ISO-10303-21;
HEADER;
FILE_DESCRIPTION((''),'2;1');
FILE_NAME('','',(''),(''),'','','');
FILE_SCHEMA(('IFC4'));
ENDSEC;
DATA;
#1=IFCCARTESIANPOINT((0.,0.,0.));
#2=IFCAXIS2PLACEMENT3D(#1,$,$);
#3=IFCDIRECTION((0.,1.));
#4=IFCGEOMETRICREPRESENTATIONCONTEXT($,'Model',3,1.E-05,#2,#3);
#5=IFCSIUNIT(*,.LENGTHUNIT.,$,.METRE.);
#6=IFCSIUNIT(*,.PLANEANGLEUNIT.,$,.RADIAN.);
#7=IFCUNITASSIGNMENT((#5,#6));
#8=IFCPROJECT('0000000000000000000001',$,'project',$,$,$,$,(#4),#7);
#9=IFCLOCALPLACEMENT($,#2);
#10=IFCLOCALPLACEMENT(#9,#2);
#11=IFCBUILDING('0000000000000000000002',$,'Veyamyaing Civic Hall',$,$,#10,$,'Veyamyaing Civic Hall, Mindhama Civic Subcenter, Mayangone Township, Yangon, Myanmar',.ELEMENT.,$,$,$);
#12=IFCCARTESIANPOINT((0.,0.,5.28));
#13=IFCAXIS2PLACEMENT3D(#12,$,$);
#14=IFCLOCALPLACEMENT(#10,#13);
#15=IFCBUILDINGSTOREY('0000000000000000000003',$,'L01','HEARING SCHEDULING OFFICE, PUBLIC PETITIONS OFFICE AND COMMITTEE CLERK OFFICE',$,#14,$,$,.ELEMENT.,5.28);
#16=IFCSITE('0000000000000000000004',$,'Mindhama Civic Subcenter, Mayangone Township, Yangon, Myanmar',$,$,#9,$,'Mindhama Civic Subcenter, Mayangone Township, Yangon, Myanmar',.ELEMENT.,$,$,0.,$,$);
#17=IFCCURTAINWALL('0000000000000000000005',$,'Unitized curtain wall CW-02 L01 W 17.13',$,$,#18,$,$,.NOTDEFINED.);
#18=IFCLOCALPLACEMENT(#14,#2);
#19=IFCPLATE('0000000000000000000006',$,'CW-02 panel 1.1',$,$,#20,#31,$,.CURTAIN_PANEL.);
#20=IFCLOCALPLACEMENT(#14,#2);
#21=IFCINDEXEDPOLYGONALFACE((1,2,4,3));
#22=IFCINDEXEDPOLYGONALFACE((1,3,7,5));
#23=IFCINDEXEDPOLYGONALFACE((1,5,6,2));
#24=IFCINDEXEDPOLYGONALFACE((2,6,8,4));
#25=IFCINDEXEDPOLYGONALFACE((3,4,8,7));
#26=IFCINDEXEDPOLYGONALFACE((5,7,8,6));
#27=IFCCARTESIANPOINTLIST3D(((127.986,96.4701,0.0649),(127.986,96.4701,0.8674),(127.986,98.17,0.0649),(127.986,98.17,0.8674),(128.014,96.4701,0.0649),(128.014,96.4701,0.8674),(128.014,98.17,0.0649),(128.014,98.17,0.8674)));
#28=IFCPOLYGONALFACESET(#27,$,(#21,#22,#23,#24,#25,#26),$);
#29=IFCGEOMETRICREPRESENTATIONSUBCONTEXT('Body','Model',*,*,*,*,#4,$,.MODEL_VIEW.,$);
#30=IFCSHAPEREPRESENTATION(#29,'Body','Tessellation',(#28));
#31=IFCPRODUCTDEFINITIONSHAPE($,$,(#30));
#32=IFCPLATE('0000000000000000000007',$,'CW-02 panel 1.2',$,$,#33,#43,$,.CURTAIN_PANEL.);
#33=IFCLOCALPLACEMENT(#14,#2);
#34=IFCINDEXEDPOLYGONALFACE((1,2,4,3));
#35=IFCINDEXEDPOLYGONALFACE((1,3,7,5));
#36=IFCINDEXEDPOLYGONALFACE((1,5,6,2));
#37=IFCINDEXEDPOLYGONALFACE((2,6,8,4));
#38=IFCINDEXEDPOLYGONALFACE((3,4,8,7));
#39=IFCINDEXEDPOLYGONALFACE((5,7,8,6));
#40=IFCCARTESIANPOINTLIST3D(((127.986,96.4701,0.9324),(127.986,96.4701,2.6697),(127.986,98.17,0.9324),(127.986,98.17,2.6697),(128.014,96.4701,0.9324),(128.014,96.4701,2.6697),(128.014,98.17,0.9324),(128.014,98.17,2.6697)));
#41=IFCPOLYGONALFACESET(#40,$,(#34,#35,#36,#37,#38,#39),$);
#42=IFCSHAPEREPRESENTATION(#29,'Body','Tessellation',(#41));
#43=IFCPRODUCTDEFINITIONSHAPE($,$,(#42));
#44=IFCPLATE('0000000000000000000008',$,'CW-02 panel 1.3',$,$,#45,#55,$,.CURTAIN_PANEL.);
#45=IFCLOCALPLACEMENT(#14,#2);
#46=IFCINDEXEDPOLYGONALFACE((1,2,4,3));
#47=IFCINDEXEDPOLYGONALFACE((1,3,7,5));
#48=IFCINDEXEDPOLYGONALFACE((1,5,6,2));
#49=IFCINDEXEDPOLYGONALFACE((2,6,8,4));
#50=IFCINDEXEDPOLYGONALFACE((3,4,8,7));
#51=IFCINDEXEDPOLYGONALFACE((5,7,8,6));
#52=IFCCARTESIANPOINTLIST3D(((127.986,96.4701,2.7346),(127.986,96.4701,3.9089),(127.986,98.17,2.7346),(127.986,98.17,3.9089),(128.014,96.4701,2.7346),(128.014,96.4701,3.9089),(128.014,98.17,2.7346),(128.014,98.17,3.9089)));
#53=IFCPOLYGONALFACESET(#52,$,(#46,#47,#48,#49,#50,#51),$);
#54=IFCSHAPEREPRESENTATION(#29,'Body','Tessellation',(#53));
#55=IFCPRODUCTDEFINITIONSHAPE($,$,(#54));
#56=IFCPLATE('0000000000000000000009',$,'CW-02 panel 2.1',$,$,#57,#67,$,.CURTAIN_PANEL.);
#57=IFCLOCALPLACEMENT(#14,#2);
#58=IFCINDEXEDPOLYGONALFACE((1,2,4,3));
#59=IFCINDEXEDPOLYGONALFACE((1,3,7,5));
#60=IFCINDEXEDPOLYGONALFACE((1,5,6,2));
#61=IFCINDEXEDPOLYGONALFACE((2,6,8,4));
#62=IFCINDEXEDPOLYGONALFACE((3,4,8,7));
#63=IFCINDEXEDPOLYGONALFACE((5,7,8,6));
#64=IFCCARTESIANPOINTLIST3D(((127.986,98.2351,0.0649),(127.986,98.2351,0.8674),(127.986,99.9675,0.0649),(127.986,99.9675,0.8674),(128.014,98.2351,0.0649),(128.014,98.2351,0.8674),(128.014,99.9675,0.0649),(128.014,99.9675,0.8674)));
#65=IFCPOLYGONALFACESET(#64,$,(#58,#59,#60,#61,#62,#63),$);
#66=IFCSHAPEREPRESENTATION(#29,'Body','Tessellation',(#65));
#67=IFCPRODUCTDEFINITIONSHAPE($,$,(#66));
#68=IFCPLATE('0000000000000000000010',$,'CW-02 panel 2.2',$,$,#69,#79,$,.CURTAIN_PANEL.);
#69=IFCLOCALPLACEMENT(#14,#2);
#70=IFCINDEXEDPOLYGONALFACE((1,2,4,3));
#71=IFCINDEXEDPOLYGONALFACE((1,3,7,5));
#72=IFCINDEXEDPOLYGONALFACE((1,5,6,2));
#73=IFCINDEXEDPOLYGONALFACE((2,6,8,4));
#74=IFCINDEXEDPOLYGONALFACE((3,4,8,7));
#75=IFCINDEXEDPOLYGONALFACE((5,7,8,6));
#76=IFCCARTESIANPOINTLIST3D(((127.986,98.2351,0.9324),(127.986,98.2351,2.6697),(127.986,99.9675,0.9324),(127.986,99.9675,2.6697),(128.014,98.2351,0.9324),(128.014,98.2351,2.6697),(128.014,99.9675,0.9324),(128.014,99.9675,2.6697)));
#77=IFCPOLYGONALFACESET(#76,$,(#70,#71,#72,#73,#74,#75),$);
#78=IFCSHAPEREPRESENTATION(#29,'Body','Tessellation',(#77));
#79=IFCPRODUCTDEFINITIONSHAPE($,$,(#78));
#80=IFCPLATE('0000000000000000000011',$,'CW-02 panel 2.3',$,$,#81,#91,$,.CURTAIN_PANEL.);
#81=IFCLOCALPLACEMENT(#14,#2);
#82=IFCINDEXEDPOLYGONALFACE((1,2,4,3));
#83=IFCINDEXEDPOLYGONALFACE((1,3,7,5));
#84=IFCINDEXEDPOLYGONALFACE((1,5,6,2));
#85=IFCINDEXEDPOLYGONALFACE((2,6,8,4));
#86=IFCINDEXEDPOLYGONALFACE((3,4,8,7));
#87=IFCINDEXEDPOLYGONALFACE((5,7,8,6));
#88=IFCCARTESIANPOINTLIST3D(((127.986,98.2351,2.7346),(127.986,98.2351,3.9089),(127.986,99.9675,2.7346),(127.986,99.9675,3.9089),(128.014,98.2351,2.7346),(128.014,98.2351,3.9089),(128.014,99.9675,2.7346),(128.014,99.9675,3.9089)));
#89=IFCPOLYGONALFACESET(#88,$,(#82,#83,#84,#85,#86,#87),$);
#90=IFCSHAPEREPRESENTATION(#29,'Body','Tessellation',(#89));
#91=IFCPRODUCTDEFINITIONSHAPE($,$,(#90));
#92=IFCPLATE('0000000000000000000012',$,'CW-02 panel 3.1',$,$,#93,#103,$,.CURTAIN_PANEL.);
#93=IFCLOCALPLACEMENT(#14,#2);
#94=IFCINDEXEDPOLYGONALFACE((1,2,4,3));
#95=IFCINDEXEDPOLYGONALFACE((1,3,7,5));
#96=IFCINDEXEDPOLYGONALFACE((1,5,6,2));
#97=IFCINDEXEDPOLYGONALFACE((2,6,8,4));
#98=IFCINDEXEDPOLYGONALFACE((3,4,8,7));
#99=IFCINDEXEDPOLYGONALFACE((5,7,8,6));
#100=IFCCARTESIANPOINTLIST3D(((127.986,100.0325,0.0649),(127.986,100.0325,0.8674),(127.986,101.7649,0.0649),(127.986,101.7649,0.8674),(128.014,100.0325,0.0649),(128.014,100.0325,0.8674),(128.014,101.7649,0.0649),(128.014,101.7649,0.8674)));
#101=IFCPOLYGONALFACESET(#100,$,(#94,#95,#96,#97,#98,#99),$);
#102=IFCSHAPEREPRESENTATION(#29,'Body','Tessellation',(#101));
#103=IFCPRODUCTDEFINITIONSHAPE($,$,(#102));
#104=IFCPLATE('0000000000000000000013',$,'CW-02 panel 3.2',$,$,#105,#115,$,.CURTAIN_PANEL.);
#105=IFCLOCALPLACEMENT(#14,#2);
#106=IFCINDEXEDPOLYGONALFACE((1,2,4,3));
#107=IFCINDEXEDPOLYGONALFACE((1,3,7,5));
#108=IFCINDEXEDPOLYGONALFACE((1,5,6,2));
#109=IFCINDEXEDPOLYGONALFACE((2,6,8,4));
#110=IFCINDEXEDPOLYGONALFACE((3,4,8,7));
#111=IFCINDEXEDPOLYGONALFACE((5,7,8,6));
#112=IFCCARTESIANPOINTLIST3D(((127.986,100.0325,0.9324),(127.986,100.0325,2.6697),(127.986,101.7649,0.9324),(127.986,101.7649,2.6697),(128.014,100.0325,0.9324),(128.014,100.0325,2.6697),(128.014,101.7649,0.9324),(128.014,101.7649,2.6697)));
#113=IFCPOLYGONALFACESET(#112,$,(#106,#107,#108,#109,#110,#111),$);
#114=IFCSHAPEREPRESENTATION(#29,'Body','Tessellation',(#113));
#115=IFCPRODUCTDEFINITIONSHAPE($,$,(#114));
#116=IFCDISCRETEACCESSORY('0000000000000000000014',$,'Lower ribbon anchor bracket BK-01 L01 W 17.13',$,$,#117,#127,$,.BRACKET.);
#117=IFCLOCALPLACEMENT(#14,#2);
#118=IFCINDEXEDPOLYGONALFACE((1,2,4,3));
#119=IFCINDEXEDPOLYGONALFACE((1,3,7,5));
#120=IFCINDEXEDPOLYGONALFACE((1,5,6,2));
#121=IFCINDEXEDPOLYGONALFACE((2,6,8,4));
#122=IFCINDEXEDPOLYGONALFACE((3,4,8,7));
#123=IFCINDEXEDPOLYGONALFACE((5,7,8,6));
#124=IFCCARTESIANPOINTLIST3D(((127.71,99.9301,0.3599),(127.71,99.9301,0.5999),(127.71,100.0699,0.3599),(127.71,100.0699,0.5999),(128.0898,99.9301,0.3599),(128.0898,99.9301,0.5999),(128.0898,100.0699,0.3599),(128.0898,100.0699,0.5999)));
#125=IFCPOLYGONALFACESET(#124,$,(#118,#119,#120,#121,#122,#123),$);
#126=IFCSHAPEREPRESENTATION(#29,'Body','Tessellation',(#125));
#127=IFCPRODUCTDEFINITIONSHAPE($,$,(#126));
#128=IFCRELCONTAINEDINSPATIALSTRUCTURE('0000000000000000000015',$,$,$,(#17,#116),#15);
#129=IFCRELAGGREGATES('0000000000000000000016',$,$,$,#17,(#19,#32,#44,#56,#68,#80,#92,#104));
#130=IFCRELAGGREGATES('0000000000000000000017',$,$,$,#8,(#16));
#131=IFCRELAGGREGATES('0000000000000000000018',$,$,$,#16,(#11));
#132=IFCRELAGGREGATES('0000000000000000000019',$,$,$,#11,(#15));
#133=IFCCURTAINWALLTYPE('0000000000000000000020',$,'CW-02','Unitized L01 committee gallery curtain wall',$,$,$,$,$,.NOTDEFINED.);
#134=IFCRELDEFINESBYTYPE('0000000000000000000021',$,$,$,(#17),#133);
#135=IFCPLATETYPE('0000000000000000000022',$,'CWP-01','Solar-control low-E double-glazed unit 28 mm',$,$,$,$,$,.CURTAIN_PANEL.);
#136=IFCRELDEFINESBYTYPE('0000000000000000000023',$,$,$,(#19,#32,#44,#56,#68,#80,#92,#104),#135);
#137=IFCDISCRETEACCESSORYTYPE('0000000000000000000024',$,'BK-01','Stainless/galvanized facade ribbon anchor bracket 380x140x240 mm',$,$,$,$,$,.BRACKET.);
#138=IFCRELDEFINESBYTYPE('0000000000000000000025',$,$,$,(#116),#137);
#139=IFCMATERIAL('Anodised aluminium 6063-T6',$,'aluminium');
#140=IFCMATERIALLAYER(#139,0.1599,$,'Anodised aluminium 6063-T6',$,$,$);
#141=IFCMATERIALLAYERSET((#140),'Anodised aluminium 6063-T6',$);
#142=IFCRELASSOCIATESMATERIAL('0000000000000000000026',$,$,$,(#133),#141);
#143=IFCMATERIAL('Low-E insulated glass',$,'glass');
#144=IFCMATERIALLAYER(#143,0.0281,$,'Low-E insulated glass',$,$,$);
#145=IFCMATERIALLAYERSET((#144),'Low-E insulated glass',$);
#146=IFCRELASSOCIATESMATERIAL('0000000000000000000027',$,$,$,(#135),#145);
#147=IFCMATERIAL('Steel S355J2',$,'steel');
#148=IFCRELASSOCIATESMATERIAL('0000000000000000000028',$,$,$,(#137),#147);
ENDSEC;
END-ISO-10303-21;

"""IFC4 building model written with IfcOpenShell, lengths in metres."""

from ifc_helpers import new_model, si_unit, direction, frame, origin, origin_2d, place, context, subcontext, project, spatial, rectangle, extrude, material, layer, layer_set, type_object, element, aggregate, save


model = new_model("IFC4")

# Units and contexts
model_context = context("Model", 3, precision=1e-05, world=origin(), true_north=direction((0.0, 1.0)))
body_context = subcontext(model_context, "Body", "Model", "MODEL_VIEW")
ifc_project = project(units=[si_unit("LENGTHUNIT", "METRE"), si_unit("PLANEANGLEUNIT", "RADIAN")], contexts=[model_context])

# Site, building, storey
site_placement = place(None, origin())
site = spatial("IfcSite", under=ifc_project, at=site_placement, Name="Mindhama Civic Subcenter, Mayangone Township, Yangon, Myanmar", LongName="Mindhama Civic Subcenter, Mayangone Township, Yangon, Myanmar", CompositionType="ELEMENT", RefElevation=0.0)
building_placement = place(site_placement, origin())
building = spatial("IfcBuilding", under=site, at=building_placement, Name="Veyamyaing Civic Hall", LongName="Veyamyaing Civic Hall, Mindhama Civic Subcenter, Mayangone Township, Yangon, Myanmar", CompositionType="ELEMENT")
storey_placement = place(building_placement, frame((0.0, 0.0, 5.28)))
storey = spatial("IfcBuildingStorey", under=building, at=storey_placement, Name="L01", Description="HEARING SCHEDULING OFFICE, PUBLIC PETITIONS OFFICE AND COMMITTEE CLERK OFFICE", CompositionType="ELEMENT", Elevation=5.28)

# Curtain wall
ifc_material_1 = material(Name="Anodised aluminium 6063-T6", Category="aluminium")
ifc_layer_1 = layer(ifc_material_1, 0.1599, Name="Anodised aluminium 6063-T6")
ifc_layer_set_1 = layer_set([ifc_layer_1], Name="Anodised aluminium 6063-T6")
curtain_wall_type = type_object("IfcCurtainWallType", Name="CW-02", Description="Unitized L01 committee gallery curtain wall", PredefinedType="NOTDEFINED", material=ifc_layer_set_1)
curtain_wall_placement = place(storey_placement, origin())
curtain_wall = element("IfcCurtainWall", 1, at=curtain_wall_placement, inside=storey, type_object=curtain_wall_type, Name="Unitized curtain wall CW-02 L01 W 17.13", PredefinedType="NOTDEFINED")

# Plates
ifc_material_2 = material(Name="Low-E insulated glass", Category="glass")
ifc_layer_2 = layer(ifc_material_2, 0.0281, Name="Low-E insulated glass")
ifc_layer_set_2 = layer_set([ifc_layer_2], Name="Low-E insulated glass")
plate_type = type_object("IfcPlateType", Name="CWP-01", Description="Solar-control low-E double-glazed unit 28 mm", PredefinedType="CURTAIN_PANEL", material=ifc_layer_set_2)
plate_1_placement = place(storey_placement, frame((128.0, 97.3201, 0.0649), z_axis=(0.0, 0.0, 1.0), x_axis=(0.0, 1.0, 0.0)))
plate_1 = element("IfcPlate", 2, at=plate_1_placement, type_object=plate_type, Name="CW-02 panel 1.1", PredefinedType="CURTAIN_PANEL", context=body_context, shape_type="SweptSolid", body=[
    extrude(rectangle(XDim=1.7, YDim=0.0281, at=origin_2d()), origin(), (0.0, 0.0, 1.0), 0.8025),
])
plate_2_placement = place(storey_placement, frame((128.0, 97.3201, 0.9324), z_axis=(0.0, 0.0, 1.0), x_axis=(0.0, 1.0, 0.0)))
plate_2 = element("IfcPlate", 3, at=plate_2_placement, type_object=plate_type, Name="CW-02 panel 1.2", PredefinedType="CURTAIN_PANEL", context=body_context, shape_type="SweptSolid", body=[
    extrude(rectangle(XDim=1.7, YDim=0.0281, at=origin_2d()), origin(), (0.0, 0.0, 1.0), 1.7373),
])
plate_3_placement = place(storey_placement, frame((128.0, 97.3201, 2.7346), z_axis=(0.0, 0.0, 1.0), x_axis=(0.0, 1.0, 0.0)))
plate_3 = element("IfcPlate", 4, at=plate_3_placement, type_object=plate_type, Name="CW-02 panel 1.3", PredefinedType="CURTAIN_PANEL", context=body_context, shape_type="SweptSolid", body=[
    extrude(rectangle(XDim=1.7, YDim=0.0281, at=origin_2d()), origin(), (0.0, 0.0, 1.0), 1.1743),
])
plate_4_placement = place(storey_placement, frame((128.0, 99.1013, 0.0649), z_axis=(0.0, 0.0, 1.0), x_axis=(0.0, 1.0, 0.0)))
plate_4 = element("IfcPlate", 5, at=plate_4_placement, type_object=plate_type, Name="CW-02 panel 2.1", PredefinedType="CURTAIN_PANEL", context=body_context, shape_type="SweptSolid", body=[
    extrude(rectangle(XDim=1.7324, YDim=0.0281, at=origin_2d()), origin(), (0.0, 0.0, 1.0), 0.8025),
])
plate_5_placement = place(storey_placement, frame((128.0, 99.1013, 0.9324), z_axis=(0.0, 0.0, 1.0), x_axis=(0.0, 1.0, 0.0)))
plate_5 = element("IfcPlate", 6, at=plate_5_placement, type_object=plate_type, Name="CW-02 panel 2.2", PredefinedType="CURTAIN_PANEL", context=body_context, shape_type="SweptSolid", body=[
    extrude(rectangle(XDim=1.7324, YDim=0.0281, at=origin_2d()), origin(), (0.0, 0.0, 1.0), 1.7373),
])
plate_6_placement = place(storey_placement, frame((128.0, 99.1013, 2.7346), z_axis=(0.0, 0.0, 1.0), x_axis=(0.0, 1.0, 0.0)))
plate_6 = element("IfcPlate", 7, at=plate_6_placement, type_object=plate_type, Name="CW-02 panel 2.3", PredefinedType="CURTAIN_PANEL", context=body_context, shape_type="SweptSolid", body=[
    extrude(rectangle(XDim=1.7324, YDim=0.0281, at=origin_2d()), origin(), (0.0, 0.0, 1.0), 1.1743),
])
plate_7_placement = place(storey_placement, frame((128.0, 100.8987, 0.0649), z_axis=(0.0, 0.0, 1.0), x_axis=(0.0, 1.0, 0.0)))
plate_7 = element("IfcPlate", 8, at=plate_7_placement, type_object=plate_type, Name="CW-02 panel 3.1", PredefinedType="CURTAIN_PANEL", context=body_context, shape_type="SweptSolid", body=[
    extrude(rectangle(XDim=1.7324, YDim=0.0281, at=origin_2d()), origin(), (0.0, 0.0, 1.0), 0.8025),
])
plate_8_placement = place(storey_placement, frame((128.0, 100.8987, 0.9324), z_axis=(0.0, 0.0, 1.0), x_axis=(0.0, 1.0, 0.0)))
plate_8 = element("IfcPlate", 9, at=plate_8_placement, type_object=plate_type, Name="CW-02 panel 3.2", PredefinedType="CURTAIN_PANEL", context=body_context, shape_type="SweptSolid", body=[
    extrude(rectangle(XDim=1.7324, YDim=0.0281, at=origin_2d()), origin(), (0.0, 0.0, 1.0), 1.7373),
])
aggregate(curtain_wall, [plate_1, plate_2, plate_3, plate_4, plate_5, plate_6, plate_7, plate_8])

# Discrete accessory
ifc_material_3 = material(Name="Steel S355J2", Category="steel")
discrete_accessory_type = type_object("IfcDiscreteAccessoryType", Name="BK-01", Description="Stainless/galvanized facade ribbon anchor bracket 380x140x240 mm", PredefinedType="BRACKET", material=ifc_material_3)
discrete_accessory_placement = place(storey_placement, frame((127.8999, 100.0, 0.3599), z_axis=(0.0, 0.0, 1.0), x_axis=(-1.0, 0.0, 0.0)))
element("IfcDiscreteAccessory", 10, at=discrete_accessory_placement, inside=storey, type_object=discrete_accessory_type, Name="Lower ribbon anchor bracket BK-01 L01 W 17.13", PredefinedType="BRACKET", context=body_context, shape_type="SweptSolid", body=[
    extrude(rectangle(XDim=0.3799, YDim=0.1399, at=origin_2d()), origin(), (0.0, 0.0, 1.0), 0.24),
])

save(model, "model.ifc")
